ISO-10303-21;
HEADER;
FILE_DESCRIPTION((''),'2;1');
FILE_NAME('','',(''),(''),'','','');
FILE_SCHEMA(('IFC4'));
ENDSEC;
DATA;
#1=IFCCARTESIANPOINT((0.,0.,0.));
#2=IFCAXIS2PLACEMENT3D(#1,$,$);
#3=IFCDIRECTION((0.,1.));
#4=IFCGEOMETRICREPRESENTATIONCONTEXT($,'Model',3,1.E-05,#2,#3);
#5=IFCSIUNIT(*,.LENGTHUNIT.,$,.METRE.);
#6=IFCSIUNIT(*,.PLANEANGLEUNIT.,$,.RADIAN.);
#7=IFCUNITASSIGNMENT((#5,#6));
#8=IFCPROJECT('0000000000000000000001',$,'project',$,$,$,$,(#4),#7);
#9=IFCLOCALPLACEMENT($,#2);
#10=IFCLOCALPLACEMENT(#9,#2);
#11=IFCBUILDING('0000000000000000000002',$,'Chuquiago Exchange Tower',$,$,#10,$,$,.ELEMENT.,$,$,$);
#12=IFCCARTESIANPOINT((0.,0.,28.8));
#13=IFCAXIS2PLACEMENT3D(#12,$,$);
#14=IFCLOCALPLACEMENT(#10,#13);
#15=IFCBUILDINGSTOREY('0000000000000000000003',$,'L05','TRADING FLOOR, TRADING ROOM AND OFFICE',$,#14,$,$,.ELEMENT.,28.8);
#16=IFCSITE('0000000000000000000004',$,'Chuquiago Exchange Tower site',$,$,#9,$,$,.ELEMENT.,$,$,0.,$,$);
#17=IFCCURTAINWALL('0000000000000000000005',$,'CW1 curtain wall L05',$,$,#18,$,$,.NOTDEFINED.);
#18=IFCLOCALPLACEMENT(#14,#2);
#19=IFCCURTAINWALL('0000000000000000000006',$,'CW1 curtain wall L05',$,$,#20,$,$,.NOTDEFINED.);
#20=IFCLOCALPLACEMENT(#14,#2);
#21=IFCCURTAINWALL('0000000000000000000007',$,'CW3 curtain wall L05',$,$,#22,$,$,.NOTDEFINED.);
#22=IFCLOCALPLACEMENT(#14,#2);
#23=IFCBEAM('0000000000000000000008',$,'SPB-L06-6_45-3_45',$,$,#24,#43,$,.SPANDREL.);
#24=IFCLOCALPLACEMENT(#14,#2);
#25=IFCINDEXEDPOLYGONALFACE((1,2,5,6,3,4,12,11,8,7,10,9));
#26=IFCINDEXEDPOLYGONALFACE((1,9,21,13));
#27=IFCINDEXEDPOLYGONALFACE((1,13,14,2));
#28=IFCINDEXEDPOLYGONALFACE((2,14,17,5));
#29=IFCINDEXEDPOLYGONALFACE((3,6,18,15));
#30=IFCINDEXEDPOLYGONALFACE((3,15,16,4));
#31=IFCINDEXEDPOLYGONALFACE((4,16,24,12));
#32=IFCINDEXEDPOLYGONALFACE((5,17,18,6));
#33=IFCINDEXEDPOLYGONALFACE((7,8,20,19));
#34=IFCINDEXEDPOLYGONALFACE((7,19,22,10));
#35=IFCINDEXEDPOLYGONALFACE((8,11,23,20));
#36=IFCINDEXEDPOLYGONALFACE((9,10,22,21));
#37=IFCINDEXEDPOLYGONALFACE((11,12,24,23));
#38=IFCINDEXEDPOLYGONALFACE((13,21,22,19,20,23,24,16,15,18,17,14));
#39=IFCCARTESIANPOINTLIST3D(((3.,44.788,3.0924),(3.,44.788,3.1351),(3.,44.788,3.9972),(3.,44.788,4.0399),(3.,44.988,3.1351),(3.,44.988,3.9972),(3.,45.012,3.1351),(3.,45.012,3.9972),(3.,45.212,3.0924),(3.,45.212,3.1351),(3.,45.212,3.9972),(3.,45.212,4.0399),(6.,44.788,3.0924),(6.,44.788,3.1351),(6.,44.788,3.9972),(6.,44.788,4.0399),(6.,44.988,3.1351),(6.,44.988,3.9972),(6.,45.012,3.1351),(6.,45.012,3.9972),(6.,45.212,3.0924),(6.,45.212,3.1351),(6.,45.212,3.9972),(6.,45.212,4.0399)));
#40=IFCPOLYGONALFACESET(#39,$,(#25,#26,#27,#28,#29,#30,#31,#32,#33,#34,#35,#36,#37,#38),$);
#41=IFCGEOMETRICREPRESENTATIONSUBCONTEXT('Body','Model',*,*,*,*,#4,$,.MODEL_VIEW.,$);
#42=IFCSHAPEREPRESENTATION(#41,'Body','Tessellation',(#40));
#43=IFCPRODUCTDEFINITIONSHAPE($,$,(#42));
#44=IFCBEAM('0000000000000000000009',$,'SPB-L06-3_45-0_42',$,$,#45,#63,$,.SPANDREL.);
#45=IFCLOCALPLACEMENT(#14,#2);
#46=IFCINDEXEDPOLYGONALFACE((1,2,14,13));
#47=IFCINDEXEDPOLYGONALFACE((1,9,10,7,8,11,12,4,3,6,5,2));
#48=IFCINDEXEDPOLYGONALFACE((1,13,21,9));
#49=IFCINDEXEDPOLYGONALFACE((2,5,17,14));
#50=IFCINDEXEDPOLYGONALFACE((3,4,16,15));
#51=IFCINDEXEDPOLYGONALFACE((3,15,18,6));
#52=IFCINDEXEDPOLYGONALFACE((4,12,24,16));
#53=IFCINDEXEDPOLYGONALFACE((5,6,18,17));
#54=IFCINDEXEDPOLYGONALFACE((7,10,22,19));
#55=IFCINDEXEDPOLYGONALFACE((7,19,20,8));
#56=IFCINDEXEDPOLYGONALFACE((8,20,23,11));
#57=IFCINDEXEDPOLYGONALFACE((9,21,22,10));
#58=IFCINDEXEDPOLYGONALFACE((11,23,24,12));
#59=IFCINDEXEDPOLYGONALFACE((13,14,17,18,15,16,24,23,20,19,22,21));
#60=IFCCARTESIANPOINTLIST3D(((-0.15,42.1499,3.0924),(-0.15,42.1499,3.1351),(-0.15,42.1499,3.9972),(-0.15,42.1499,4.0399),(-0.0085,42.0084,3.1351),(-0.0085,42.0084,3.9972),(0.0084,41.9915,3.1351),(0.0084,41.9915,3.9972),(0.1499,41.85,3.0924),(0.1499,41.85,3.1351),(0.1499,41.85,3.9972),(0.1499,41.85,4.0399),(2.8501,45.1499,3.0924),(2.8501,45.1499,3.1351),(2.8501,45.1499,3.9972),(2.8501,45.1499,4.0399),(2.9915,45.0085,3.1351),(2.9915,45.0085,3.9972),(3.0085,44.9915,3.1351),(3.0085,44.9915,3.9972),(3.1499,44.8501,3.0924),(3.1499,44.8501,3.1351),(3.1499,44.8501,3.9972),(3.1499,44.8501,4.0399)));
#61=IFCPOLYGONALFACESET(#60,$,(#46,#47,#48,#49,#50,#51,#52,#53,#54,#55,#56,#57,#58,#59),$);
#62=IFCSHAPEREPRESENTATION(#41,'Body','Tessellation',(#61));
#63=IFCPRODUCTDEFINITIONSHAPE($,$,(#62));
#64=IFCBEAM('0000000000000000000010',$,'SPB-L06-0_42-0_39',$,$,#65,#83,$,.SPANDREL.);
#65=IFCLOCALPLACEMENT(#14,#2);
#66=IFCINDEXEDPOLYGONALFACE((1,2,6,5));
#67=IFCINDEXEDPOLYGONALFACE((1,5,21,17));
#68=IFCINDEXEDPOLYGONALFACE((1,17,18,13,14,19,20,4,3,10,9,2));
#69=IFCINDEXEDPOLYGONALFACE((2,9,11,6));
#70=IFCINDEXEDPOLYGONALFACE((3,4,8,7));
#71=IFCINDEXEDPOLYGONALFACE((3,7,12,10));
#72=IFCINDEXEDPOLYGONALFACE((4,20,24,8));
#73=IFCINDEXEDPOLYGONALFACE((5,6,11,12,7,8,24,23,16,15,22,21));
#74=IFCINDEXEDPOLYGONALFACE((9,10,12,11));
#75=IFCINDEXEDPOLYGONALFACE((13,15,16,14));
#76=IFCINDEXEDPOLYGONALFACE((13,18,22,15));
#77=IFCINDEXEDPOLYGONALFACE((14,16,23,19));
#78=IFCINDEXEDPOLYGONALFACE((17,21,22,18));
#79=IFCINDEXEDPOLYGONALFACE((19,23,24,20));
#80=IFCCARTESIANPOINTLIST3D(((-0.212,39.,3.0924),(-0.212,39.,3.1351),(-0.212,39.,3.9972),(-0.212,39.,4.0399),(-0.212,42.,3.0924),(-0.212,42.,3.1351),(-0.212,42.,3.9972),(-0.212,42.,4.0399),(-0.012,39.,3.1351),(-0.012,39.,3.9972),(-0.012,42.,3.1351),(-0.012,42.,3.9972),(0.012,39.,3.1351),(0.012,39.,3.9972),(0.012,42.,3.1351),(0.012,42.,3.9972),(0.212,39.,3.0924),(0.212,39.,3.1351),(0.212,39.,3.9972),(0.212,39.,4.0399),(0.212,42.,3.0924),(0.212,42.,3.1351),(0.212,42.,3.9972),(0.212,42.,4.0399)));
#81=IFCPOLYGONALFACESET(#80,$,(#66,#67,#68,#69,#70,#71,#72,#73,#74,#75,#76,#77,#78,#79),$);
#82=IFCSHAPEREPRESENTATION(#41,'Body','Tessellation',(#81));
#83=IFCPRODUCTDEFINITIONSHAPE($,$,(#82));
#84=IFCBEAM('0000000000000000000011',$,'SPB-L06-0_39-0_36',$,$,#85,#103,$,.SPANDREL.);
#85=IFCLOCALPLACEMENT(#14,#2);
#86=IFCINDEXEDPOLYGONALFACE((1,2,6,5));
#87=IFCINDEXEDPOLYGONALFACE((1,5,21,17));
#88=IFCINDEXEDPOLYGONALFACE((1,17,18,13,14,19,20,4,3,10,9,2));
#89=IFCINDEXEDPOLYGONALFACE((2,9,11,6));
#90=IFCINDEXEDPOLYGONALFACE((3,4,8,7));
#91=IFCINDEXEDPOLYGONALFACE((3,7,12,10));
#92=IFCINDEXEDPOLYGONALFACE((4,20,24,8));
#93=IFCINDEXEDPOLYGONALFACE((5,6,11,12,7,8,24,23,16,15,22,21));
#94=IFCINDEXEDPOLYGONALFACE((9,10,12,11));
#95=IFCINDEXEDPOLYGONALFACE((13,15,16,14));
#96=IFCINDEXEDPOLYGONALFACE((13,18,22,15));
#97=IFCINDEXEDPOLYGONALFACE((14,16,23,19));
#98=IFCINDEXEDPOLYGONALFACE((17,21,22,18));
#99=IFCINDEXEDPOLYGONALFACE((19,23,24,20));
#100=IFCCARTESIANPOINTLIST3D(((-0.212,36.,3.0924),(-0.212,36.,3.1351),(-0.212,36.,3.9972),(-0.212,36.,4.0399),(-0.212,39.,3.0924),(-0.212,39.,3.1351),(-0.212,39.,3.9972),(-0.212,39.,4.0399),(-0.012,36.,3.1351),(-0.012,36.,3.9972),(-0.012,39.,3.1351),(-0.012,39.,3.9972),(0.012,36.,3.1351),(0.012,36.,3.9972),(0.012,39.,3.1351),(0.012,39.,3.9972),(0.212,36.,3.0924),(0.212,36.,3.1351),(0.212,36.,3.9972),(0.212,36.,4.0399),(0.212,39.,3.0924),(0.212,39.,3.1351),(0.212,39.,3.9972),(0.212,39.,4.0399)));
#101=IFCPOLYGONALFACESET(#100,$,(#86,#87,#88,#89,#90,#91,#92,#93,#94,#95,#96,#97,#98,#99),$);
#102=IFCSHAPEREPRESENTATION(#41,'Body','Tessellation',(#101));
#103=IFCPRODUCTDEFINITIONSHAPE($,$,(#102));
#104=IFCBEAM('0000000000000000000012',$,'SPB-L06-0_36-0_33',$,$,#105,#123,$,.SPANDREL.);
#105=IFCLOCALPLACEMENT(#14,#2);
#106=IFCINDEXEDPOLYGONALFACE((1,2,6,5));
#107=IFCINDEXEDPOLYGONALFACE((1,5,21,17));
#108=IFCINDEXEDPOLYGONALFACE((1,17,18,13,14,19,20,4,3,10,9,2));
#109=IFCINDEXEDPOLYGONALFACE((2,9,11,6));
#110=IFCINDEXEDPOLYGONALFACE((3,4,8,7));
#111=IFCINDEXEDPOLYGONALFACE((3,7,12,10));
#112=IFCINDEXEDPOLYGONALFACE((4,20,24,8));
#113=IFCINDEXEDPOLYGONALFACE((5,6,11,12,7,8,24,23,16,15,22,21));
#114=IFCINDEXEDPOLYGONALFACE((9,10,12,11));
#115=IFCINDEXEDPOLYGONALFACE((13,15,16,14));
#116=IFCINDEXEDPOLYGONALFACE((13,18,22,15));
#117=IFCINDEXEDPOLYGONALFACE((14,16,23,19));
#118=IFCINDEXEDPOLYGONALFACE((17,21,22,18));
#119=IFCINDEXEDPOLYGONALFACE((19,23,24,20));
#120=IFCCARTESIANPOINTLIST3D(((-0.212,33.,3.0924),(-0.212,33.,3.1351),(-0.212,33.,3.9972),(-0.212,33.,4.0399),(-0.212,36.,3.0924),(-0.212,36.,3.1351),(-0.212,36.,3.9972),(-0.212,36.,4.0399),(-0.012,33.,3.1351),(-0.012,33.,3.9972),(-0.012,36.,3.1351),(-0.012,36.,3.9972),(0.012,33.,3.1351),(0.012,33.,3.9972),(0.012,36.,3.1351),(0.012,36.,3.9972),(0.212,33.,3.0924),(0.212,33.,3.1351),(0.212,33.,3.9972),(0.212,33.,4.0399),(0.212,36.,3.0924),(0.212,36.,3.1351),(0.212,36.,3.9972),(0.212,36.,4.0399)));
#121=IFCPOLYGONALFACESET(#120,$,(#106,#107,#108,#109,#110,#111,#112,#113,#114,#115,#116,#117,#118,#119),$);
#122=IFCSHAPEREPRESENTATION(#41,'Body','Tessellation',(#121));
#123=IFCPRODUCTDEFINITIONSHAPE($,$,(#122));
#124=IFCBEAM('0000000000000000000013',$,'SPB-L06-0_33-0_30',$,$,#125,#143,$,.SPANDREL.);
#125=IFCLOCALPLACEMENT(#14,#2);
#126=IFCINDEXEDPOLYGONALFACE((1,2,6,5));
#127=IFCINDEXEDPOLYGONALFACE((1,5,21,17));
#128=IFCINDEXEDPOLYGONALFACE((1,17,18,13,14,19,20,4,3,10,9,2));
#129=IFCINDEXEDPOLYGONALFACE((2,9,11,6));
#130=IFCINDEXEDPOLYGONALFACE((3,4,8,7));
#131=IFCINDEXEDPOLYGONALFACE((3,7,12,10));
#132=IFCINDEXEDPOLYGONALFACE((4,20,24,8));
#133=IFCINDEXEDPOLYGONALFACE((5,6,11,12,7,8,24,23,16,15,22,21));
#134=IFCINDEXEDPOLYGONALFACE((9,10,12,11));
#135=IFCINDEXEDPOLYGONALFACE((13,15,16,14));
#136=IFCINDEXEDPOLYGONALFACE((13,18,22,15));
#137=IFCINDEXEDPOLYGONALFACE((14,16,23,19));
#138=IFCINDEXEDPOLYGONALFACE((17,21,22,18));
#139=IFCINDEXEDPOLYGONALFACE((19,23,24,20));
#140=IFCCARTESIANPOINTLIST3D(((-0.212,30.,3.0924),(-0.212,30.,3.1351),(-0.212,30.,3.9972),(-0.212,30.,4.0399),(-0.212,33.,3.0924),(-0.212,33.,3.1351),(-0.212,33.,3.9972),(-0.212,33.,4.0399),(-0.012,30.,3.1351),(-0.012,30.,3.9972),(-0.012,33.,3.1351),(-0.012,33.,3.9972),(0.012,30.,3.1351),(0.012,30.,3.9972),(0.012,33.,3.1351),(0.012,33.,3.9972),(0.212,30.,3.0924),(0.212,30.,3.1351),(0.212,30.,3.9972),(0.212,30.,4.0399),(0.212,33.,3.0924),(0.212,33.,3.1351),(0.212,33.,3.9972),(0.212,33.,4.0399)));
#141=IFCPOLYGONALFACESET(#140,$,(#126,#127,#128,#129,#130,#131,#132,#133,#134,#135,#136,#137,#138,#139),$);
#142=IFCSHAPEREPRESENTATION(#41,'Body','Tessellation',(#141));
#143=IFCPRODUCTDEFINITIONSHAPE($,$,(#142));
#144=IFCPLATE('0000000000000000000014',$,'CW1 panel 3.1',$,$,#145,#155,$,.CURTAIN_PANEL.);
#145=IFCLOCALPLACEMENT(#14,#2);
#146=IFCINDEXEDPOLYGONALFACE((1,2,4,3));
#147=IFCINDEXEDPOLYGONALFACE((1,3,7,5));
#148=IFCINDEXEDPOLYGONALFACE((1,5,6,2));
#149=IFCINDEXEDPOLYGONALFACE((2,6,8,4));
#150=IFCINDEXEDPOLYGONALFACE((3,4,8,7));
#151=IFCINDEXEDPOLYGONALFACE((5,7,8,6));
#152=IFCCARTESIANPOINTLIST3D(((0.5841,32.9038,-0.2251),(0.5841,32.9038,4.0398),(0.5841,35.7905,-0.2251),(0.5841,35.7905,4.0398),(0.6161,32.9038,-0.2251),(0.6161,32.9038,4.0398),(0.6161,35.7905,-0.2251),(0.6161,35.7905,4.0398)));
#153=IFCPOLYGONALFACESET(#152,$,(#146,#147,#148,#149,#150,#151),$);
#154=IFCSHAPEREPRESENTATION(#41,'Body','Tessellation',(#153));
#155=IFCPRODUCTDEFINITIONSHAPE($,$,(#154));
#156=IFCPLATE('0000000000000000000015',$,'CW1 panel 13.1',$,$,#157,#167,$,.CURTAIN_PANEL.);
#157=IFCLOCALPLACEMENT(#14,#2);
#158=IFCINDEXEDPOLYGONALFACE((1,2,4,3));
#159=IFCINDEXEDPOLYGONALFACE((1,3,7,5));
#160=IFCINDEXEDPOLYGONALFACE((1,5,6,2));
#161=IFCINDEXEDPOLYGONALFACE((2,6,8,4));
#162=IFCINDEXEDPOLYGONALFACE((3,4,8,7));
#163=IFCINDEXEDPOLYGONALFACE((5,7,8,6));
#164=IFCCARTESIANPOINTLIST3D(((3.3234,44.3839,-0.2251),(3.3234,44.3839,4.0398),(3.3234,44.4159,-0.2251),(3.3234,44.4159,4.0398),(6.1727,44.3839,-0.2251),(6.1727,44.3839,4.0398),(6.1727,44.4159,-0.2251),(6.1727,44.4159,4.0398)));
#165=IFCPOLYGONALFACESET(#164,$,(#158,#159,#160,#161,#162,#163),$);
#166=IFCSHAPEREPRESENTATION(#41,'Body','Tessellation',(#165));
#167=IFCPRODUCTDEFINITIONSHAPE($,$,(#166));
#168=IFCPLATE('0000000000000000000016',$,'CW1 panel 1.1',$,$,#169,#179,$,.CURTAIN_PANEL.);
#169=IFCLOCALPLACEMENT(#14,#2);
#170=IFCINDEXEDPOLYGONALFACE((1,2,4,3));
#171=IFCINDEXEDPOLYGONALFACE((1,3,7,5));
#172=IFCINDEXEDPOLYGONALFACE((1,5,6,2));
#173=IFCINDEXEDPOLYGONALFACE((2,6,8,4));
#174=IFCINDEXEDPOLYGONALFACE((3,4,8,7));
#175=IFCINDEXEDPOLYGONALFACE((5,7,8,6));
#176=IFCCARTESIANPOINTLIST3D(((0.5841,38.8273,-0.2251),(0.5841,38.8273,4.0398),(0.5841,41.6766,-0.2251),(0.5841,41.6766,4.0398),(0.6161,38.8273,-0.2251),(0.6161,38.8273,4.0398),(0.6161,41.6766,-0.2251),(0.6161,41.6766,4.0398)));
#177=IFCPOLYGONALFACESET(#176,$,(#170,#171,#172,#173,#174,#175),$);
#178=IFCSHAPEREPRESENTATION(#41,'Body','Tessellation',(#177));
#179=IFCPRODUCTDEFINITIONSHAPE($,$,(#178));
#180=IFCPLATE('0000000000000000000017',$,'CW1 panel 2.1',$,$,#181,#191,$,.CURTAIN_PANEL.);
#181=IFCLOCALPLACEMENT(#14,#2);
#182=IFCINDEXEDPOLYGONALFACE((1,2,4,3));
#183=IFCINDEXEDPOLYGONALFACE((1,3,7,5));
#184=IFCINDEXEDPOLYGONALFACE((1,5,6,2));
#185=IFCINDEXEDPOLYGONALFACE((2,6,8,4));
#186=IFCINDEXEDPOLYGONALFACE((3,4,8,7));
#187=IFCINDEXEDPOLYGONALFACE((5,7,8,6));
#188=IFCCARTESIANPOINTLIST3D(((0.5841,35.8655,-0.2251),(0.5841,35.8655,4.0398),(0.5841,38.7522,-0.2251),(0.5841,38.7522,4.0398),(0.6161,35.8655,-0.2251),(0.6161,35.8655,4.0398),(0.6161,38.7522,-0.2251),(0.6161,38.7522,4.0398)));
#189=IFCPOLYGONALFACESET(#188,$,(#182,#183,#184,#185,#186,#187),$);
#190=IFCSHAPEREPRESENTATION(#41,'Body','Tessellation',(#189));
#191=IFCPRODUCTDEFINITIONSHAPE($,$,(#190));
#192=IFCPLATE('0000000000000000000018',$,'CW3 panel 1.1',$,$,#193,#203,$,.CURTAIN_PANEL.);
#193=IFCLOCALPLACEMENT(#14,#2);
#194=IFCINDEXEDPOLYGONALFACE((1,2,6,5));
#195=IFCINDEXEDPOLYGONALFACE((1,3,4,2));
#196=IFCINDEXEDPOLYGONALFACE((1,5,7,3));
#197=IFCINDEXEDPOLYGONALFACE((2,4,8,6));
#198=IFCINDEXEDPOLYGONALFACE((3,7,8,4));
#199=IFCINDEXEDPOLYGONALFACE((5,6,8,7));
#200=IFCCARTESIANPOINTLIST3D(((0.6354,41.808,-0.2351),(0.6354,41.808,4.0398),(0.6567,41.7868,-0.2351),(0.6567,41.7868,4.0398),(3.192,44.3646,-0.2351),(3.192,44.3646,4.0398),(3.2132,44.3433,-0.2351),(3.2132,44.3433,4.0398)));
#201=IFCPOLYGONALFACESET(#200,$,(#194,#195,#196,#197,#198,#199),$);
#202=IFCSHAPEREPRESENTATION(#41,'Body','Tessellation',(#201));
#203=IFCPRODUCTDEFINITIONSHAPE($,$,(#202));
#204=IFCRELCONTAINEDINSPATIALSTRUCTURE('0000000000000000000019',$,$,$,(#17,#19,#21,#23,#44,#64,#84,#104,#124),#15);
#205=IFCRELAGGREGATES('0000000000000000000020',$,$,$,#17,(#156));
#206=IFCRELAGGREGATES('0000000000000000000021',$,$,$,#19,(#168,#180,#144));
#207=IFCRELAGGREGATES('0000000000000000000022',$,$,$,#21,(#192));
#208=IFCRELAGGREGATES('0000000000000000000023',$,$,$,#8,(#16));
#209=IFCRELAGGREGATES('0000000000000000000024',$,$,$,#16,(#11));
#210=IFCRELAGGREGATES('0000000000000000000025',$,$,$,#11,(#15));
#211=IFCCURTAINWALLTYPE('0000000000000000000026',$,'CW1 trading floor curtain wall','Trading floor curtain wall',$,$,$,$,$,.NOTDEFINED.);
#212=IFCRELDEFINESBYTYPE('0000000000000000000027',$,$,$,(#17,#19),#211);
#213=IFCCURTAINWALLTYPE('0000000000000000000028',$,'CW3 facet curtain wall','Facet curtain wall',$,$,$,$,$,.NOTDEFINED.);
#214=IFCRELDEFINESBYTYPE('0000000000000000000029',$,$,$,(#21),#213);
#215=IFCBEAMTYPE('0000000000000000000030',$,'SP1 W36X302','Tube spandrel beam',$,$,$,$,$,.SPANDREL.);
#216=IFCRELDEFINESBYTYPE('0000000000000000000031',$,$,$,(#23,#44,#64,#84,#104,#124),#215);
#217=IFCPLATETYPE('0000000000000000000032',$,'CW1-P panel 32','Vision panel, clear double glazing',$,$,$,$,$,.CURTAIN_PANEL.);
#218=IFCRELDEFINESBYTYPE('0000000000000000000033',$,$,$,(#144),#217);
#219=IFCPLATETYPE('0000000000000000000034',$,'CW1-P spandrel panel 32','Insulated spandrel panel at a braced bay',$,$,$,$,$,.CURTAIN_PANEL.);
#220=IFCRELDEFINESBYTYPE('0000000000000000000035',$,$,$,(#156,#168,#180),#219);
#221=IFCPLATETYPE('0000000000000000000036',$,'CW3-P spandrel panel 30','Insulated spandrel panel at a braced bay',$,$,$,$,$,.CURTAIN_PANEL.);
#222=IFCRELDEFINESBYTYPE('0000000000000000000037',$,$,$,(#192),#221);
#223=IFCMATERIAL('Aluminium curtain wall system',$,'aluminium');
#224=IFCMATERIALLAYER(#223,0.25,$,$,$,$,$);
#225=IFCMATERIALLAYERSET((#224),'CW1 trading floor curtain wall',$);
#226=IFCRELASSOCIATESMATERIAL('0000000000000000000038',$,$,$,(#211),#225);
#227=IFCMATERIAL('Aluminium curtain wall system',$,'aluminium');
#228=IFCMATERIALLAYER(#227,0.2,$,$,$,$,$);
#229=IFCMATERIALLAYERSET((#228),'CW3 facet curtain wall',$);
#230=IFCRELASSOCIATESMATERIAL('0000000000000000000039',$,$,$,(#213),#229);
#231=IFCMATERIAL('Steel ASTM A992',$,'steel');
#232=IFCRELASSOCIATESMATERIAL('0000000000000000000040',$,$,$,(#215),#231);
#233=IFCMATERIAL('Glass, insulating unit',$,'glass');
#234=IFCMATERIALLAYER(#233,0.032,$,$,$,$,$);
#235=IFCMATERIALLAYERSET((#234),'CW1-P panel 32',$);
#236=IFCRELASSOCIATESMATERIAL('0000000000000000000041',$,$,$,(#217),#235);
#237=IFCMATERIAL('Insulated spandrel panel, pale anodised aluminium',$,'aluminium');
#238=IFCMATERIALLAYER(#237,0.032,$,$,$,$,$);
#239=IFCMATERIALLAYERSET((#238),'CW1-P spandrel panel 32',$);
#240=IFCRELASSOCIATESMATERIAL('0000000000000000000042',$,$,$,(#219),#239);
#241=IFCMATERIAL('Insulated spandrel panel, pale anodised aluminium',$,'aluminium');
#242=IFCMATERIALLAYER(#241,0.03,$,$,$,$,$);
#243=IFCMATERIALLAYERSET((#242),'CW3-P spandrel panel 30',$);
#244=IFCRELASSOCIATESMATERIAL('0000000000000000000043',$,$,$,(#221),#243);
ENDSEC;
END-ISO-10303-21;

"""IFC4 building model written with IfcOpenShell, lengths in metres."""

from ifc_helpers import new_model, si_unit, direction, frame, origin, origin_2d, place, context, subcontext, project, spatial, rectangle, i_section, extrude, material, layer, layer_set, material_profile, profile_set, type_object, element, aggregate, save


model = new_model("IFC4")

# Units and contexts
model_context = context("Model", 3, precision=1e-05, world=origin(), true_north=direction((0.0, 1.0)))
body_context = subcontext(model_context, "Body", "Model", "MODEL_VIEW")
ifc_project = project(units=[si_unit("LENGTHUNIT", "METRE"), si_unit("PLANEANGLEUNIT", "RADIAN")], contexts=[model_context])

# Site, building, storey
site_placement = place(None, origin())
site = spatial("IfcSite", under=ifc_project, at=site_placement, Name="Chuquiago Exchange Tower site", CompositionType="ELEMENT", RefElevation=0.0)
building_placement = place(site_placement, origin())
building = spatial("IfcBuilding", under=site, at=building_placement, Name="Chuquiago Exchange Tower", CompositionType="ELEMENT")
storey_placement = place(building_placement, frame((0.0, 0.0, 28.8)))
storey = spatial("IfcBuildingStorey", under=building, at=storey_placement, Name="L05", Description="TRADING FLOOR, TRADING ROOM AND OFFICE", CompositionType="ELEMENT", Elevation=28.8)

# Curtain walls
ifc_material_1 = material(Name="Aluminium curtain wall system", Category="aluminium")
ifc_layer_1 = layer(ifc_material_1, 0.25)
ifc_layer_set_1 = layer_set([ifc_layer_1], Name="CW1 trading floor curtain wall")
curtain_wall_type_1 = type_object("IfcCurtainWallType", Name="CW1 trading floor curtain wall", Description="Trading floor curtain wall", PredefinedType="NOTDEFINED", material=ifc_layer_set_1)
curtain_wall_1_placement = place(storey_placement, origin())
curtain_wall_1 = element("IfcCurtainWall", 1, at=curtain_wall_1_placement, inside=storey, type_object=curtain_wall_type_1, Name="CW1 curtain wall L05", PredefinedType="NOTDEFINED")
curtain_wall_2_placement = place(storey_placement, origin())
curtain_wall_2 = element("IfcCurtainWall", 2, at=curtain_wall_2_placement, inside=storey, type_object=curtain_wall_type_1, Name="CW1 curtain wall L05", PredefinedType="NOTDEFINED")

# Curtain wall
ifc_material_2 = material(Name="Aluminium curtain wall system", Category="aluminium")
ifc_layer_2 = layer(ifc_material_2, 0.2)
ifc_layer_set_2 = layer_set([ifc_layer_2], Name="CW3 facet curtain wall")
curtain_wall_type_2 = type_object("IfcCurtainWallType", Name="CW3 facet curtain wall", Description="Facet curtain wall", PredefinedType="NOTDEFINED", material=ifc_layer_set_2)
curtain_wall_3_placement = place(storey_placement, origin())
curtain_wall_3 = element("IfcCurtainWall", 3, at=curtain_wall_3_placement, inside=storey, type_object=curtain_wall_type_2, Name="CW3 curtain wall L05", PredefinedType="NOTDEFINED")

# Beams
ifc_material_3 = material(Name="Steel ASTM A992", Category="steel")
ifc_material_profile_1 = material_profile(ifc_material_3, i_section(OverallWidth=0.4241, OverallDepth=0.9475, WebThickness=0.0239, FlangeThickness=0.0427, at=origin_2d()), Name="W36X302")
ifc_profile_set_1 = profile_set([ifc_material_profile_1], Name="Steel ASTM A992")
beam_type = type_object("IfcBeamType", Name="SP1 W36X302", Description="Tube spandrel beam", PredefinedType="SPANDREL", material=ifc_profile_set_1)
beam_1_placement = place(storey_placement, frame((6.0, 45.0, 3.5662), z_axis=(-1.0, 0.0, 0.0), x_axis=(0.0, -1.0, 0.0)))
element("IfcBeam", 4, at=beam_1_placement, inside=storey, type_object=beam_type, Name="SPB-L06-6_45-3_45", PredefinedType="SPANDREL", context=body_context, shape_type="SweptSolid", body=[
    extrude(i_section(OverallWidth=0.4241, OverallDepth=0.9475, WebThickness=0.0239, FlangeThickness=0.0427, at=origin_2d()), origin(), (0.0, 0.0, 1.0), 3.0),
])
beam_2_placement = place(storey_placement, frame((3.0, 45.0, 3.5662), z_axis=(-0.707107, -0.707107, 0.0), x_axis=(0.707107, -0.707107, 0.0)))
element("IfcBeam", 5, at=beam_2_placement, inside=storey, type_object=beam_type, Name="SPB-L06-3_45-0_42", PredefinedType="SPANDREL", context=body_context, shape_type="SweptSolid", body=[
    extrude(i_section(OverallWidth=0.4241, OverallDepth=0.9475, WebThickness=0.0239, FlangeThickness=0.0427, at=origin_2d()), origin(), (0.0, 0.0, 1.0), 4.2427),
])
for number, where, z_axis, x_axis, name in (
    (6, (0.0, 42.0, 3.5662), (0.0, -1.0, 0.0), (1.0, 0.0, 0.0), "SPB-L06-0_42-0_39"),
    (7, (0.0, 39.0, 3.5662), (0.0, -1.0, 0.0), (1.0, 0.0, 0.0), "SPB-L06-0_39-0_36"),
    (8, (0.0, 36.0, 3.5662), (0.0, -1.0, 0.0), (1.0, 0.0, 0.0), "SPB-L06-0_36-0_33"),
    (9, (0.0, 33.0, 3.5662), (0.0, -1.0, 0.0), (1.0, 0.0, 0.0), "SPB-L06-0_33-0_30"),
):
    element("IfcBeam", number, at=place(storey_placement, frame(where, z_axis=z_axis, x_axis=x_axis)), inside=storey, type_object=beam_type, Name=name, PredefinedType="SPANDREL", context=body_context, shape_type="SweptSolid", body=[
        extrude(i_section(OverallWidth=0.4241, OverallDepth=0.9475, WebThickness=0.0239, FlangeThickness=0.0427, at=origin_2d()), origin(), (0.0, 0.0, 1.0), 3.0),
    ])

# Plates
ifc_material_4 = material(Name="Glass, insulating unit", Category="glass")
ifc_layer_3 = layer(ifc_material_4, 0.032)
ifc_layer_set_3 = layer_set([ifc_layer_3], Name="CW1-P panel 32")
plate_type_1 = type_object("IfcPlateType", Name="CW1-P panel 32", Description="Vision panel, clear double glazing", PredefinedType="CURTAIN_PANEL", material=ifc_layer_set_3)
plate_1_placement = place(storey_placement, frame((0.6001, 34.3472, -0.2251), z_axis=(0.0, 0.0, 1.0), x_axis=(0.0, -1.0, 0.0)))
plate_1 = element("IfcPlate", 10, at=plate_1_placement, type_object=plate_type_1, Name="CW1 panel 3.1", PredefinedType="CURTAIN_PANEL", context=body_context, shape_type="SweptSolid", body=[
    extrude(rectangle(XDim=2.8867, YDim=0.032, at=origin_2d()), origin(), (0.0, 0.0, 1.0), 4.2649),
])
ifc_material_5 = material(Name="Insulated spandrel panel, pale anodised aluminium", Category="aluminium")
ifc_layer_4 = layer(ifc_material_5, 0.032)
ifc_layer_set_4 = layer_set([ifc_layer_4], Name="CW1-P spandrel panel 32")
plate_type_2 = type_object("IfcPlateType", Name="CW1-P spandrel panel 32", Description="Insulated spandrel panel at a braced bay", PredefinedType="CURTAIN_PANEL", material=ifc_layer_set_4)
plate_2_placement = place(storey_placement, frame((4.748, 44.3999, -0.2251), z_axis=(0.0, 0.0, 1.0), x_axis=(-1.0, 0.0, 0.0)))
plate_2 = element("IfcPlate", 11, at=plate_2_placement, type_object=plate_type_2, Name="CW1 panel 13.1", PredefinedType="CURTAIN_PANEL", context=body_context, shape_type="SweptSolid", body=[
    extrude(rectangle(XDim=2.8494, YDim=0.032, at=origin_2d()), origin(), (0.0, 0.0, 1.0), 4.2649),
])
aggregate(curtain_wall_1, [plate_2])
plate_3_placement = place(storey_placement, frame((0.6001, 40.252, -0.2251), z_axis=(0.0, 0.0, 1.0), x_axis=(0.0, -1.0, 0.0)))
plate_3 = element("IfcPlate", 12, at=plate_3_placement, type_object=plate_type_2, Name="CW1 panel 1.1", PredefinedType="CURTAIN_PANEL", context=body_context, shape_type="SweptSolid", body=[
    extrude(rectangle(XDim=2.8494, YDim=0.032, at=origin_2d()), origin(), (0.0, 0.0, 1.0), 4.2649),
])
plate_4_placement = place(storey_placement, frame((0.6001, 37.3088, -0.2251), z_axis=(0.0, 0.0, 1.0), x_axis=(0.0, -1.0, 0.0)))
plate_4 = element("IfcPlate", 13, at=plate_4_placement, type_object=plate_type_2, Name="CW1 panel 2.1", PredefinedType="CURTAIN_PANEL", context=body_context, shape_type="SweptSolid", body=[
    extrude(rectangle(XDim=2.8867, YDim=0.032, at=origin_2d()), origin(), (0.0, 0.0, 1.0), 4.2649),
])
aggregate(curtain_wall_2, [plate_3, plate_4, plate_1])
ifc_material_6 = material(Name="Insulated spandrel panel, pale anodised aluminium", Category="aluminium")
ifc_layer_5 = layer(ifc_material_6, 0.03)
ifc_layer_set_5 = layer_set([ifc_layer_5], Name="CW3-P spandrel panel 30")
plate_type_3 = type_object("IfcPlateType", Name="CW3-P spandrel panel 30", Description="Insulated spandrel panel at a braced bay", PredefinedType="CURTAIN_PANEL", material=ifc_layer_set_5)
plate_5_placement = place(storey_placement, frame((1.9243, 43.0757, -0.2351), z_axis=(0.0, 0.0, 1.0), x_axis=(-0.707107, -0.707107, 0.0)))
plate_5 = element("IfcPlate", 14, at=plate_5_placement, type_object=plate_type_3, Name="CW3 panel 1.1", PredefinedType="CURTAIN_PANEL", context=body_context, shape_type="SweptSolid", body=[
    extrude(rectangle(XDim=3.6155, YDim=0.03, at=origin_2d()), origin(), (0.0, 0.0, 1.0), 4.2749),
])
aggregate(curtain_wall_3, [plate_5])

save(model, "model.ifc")
